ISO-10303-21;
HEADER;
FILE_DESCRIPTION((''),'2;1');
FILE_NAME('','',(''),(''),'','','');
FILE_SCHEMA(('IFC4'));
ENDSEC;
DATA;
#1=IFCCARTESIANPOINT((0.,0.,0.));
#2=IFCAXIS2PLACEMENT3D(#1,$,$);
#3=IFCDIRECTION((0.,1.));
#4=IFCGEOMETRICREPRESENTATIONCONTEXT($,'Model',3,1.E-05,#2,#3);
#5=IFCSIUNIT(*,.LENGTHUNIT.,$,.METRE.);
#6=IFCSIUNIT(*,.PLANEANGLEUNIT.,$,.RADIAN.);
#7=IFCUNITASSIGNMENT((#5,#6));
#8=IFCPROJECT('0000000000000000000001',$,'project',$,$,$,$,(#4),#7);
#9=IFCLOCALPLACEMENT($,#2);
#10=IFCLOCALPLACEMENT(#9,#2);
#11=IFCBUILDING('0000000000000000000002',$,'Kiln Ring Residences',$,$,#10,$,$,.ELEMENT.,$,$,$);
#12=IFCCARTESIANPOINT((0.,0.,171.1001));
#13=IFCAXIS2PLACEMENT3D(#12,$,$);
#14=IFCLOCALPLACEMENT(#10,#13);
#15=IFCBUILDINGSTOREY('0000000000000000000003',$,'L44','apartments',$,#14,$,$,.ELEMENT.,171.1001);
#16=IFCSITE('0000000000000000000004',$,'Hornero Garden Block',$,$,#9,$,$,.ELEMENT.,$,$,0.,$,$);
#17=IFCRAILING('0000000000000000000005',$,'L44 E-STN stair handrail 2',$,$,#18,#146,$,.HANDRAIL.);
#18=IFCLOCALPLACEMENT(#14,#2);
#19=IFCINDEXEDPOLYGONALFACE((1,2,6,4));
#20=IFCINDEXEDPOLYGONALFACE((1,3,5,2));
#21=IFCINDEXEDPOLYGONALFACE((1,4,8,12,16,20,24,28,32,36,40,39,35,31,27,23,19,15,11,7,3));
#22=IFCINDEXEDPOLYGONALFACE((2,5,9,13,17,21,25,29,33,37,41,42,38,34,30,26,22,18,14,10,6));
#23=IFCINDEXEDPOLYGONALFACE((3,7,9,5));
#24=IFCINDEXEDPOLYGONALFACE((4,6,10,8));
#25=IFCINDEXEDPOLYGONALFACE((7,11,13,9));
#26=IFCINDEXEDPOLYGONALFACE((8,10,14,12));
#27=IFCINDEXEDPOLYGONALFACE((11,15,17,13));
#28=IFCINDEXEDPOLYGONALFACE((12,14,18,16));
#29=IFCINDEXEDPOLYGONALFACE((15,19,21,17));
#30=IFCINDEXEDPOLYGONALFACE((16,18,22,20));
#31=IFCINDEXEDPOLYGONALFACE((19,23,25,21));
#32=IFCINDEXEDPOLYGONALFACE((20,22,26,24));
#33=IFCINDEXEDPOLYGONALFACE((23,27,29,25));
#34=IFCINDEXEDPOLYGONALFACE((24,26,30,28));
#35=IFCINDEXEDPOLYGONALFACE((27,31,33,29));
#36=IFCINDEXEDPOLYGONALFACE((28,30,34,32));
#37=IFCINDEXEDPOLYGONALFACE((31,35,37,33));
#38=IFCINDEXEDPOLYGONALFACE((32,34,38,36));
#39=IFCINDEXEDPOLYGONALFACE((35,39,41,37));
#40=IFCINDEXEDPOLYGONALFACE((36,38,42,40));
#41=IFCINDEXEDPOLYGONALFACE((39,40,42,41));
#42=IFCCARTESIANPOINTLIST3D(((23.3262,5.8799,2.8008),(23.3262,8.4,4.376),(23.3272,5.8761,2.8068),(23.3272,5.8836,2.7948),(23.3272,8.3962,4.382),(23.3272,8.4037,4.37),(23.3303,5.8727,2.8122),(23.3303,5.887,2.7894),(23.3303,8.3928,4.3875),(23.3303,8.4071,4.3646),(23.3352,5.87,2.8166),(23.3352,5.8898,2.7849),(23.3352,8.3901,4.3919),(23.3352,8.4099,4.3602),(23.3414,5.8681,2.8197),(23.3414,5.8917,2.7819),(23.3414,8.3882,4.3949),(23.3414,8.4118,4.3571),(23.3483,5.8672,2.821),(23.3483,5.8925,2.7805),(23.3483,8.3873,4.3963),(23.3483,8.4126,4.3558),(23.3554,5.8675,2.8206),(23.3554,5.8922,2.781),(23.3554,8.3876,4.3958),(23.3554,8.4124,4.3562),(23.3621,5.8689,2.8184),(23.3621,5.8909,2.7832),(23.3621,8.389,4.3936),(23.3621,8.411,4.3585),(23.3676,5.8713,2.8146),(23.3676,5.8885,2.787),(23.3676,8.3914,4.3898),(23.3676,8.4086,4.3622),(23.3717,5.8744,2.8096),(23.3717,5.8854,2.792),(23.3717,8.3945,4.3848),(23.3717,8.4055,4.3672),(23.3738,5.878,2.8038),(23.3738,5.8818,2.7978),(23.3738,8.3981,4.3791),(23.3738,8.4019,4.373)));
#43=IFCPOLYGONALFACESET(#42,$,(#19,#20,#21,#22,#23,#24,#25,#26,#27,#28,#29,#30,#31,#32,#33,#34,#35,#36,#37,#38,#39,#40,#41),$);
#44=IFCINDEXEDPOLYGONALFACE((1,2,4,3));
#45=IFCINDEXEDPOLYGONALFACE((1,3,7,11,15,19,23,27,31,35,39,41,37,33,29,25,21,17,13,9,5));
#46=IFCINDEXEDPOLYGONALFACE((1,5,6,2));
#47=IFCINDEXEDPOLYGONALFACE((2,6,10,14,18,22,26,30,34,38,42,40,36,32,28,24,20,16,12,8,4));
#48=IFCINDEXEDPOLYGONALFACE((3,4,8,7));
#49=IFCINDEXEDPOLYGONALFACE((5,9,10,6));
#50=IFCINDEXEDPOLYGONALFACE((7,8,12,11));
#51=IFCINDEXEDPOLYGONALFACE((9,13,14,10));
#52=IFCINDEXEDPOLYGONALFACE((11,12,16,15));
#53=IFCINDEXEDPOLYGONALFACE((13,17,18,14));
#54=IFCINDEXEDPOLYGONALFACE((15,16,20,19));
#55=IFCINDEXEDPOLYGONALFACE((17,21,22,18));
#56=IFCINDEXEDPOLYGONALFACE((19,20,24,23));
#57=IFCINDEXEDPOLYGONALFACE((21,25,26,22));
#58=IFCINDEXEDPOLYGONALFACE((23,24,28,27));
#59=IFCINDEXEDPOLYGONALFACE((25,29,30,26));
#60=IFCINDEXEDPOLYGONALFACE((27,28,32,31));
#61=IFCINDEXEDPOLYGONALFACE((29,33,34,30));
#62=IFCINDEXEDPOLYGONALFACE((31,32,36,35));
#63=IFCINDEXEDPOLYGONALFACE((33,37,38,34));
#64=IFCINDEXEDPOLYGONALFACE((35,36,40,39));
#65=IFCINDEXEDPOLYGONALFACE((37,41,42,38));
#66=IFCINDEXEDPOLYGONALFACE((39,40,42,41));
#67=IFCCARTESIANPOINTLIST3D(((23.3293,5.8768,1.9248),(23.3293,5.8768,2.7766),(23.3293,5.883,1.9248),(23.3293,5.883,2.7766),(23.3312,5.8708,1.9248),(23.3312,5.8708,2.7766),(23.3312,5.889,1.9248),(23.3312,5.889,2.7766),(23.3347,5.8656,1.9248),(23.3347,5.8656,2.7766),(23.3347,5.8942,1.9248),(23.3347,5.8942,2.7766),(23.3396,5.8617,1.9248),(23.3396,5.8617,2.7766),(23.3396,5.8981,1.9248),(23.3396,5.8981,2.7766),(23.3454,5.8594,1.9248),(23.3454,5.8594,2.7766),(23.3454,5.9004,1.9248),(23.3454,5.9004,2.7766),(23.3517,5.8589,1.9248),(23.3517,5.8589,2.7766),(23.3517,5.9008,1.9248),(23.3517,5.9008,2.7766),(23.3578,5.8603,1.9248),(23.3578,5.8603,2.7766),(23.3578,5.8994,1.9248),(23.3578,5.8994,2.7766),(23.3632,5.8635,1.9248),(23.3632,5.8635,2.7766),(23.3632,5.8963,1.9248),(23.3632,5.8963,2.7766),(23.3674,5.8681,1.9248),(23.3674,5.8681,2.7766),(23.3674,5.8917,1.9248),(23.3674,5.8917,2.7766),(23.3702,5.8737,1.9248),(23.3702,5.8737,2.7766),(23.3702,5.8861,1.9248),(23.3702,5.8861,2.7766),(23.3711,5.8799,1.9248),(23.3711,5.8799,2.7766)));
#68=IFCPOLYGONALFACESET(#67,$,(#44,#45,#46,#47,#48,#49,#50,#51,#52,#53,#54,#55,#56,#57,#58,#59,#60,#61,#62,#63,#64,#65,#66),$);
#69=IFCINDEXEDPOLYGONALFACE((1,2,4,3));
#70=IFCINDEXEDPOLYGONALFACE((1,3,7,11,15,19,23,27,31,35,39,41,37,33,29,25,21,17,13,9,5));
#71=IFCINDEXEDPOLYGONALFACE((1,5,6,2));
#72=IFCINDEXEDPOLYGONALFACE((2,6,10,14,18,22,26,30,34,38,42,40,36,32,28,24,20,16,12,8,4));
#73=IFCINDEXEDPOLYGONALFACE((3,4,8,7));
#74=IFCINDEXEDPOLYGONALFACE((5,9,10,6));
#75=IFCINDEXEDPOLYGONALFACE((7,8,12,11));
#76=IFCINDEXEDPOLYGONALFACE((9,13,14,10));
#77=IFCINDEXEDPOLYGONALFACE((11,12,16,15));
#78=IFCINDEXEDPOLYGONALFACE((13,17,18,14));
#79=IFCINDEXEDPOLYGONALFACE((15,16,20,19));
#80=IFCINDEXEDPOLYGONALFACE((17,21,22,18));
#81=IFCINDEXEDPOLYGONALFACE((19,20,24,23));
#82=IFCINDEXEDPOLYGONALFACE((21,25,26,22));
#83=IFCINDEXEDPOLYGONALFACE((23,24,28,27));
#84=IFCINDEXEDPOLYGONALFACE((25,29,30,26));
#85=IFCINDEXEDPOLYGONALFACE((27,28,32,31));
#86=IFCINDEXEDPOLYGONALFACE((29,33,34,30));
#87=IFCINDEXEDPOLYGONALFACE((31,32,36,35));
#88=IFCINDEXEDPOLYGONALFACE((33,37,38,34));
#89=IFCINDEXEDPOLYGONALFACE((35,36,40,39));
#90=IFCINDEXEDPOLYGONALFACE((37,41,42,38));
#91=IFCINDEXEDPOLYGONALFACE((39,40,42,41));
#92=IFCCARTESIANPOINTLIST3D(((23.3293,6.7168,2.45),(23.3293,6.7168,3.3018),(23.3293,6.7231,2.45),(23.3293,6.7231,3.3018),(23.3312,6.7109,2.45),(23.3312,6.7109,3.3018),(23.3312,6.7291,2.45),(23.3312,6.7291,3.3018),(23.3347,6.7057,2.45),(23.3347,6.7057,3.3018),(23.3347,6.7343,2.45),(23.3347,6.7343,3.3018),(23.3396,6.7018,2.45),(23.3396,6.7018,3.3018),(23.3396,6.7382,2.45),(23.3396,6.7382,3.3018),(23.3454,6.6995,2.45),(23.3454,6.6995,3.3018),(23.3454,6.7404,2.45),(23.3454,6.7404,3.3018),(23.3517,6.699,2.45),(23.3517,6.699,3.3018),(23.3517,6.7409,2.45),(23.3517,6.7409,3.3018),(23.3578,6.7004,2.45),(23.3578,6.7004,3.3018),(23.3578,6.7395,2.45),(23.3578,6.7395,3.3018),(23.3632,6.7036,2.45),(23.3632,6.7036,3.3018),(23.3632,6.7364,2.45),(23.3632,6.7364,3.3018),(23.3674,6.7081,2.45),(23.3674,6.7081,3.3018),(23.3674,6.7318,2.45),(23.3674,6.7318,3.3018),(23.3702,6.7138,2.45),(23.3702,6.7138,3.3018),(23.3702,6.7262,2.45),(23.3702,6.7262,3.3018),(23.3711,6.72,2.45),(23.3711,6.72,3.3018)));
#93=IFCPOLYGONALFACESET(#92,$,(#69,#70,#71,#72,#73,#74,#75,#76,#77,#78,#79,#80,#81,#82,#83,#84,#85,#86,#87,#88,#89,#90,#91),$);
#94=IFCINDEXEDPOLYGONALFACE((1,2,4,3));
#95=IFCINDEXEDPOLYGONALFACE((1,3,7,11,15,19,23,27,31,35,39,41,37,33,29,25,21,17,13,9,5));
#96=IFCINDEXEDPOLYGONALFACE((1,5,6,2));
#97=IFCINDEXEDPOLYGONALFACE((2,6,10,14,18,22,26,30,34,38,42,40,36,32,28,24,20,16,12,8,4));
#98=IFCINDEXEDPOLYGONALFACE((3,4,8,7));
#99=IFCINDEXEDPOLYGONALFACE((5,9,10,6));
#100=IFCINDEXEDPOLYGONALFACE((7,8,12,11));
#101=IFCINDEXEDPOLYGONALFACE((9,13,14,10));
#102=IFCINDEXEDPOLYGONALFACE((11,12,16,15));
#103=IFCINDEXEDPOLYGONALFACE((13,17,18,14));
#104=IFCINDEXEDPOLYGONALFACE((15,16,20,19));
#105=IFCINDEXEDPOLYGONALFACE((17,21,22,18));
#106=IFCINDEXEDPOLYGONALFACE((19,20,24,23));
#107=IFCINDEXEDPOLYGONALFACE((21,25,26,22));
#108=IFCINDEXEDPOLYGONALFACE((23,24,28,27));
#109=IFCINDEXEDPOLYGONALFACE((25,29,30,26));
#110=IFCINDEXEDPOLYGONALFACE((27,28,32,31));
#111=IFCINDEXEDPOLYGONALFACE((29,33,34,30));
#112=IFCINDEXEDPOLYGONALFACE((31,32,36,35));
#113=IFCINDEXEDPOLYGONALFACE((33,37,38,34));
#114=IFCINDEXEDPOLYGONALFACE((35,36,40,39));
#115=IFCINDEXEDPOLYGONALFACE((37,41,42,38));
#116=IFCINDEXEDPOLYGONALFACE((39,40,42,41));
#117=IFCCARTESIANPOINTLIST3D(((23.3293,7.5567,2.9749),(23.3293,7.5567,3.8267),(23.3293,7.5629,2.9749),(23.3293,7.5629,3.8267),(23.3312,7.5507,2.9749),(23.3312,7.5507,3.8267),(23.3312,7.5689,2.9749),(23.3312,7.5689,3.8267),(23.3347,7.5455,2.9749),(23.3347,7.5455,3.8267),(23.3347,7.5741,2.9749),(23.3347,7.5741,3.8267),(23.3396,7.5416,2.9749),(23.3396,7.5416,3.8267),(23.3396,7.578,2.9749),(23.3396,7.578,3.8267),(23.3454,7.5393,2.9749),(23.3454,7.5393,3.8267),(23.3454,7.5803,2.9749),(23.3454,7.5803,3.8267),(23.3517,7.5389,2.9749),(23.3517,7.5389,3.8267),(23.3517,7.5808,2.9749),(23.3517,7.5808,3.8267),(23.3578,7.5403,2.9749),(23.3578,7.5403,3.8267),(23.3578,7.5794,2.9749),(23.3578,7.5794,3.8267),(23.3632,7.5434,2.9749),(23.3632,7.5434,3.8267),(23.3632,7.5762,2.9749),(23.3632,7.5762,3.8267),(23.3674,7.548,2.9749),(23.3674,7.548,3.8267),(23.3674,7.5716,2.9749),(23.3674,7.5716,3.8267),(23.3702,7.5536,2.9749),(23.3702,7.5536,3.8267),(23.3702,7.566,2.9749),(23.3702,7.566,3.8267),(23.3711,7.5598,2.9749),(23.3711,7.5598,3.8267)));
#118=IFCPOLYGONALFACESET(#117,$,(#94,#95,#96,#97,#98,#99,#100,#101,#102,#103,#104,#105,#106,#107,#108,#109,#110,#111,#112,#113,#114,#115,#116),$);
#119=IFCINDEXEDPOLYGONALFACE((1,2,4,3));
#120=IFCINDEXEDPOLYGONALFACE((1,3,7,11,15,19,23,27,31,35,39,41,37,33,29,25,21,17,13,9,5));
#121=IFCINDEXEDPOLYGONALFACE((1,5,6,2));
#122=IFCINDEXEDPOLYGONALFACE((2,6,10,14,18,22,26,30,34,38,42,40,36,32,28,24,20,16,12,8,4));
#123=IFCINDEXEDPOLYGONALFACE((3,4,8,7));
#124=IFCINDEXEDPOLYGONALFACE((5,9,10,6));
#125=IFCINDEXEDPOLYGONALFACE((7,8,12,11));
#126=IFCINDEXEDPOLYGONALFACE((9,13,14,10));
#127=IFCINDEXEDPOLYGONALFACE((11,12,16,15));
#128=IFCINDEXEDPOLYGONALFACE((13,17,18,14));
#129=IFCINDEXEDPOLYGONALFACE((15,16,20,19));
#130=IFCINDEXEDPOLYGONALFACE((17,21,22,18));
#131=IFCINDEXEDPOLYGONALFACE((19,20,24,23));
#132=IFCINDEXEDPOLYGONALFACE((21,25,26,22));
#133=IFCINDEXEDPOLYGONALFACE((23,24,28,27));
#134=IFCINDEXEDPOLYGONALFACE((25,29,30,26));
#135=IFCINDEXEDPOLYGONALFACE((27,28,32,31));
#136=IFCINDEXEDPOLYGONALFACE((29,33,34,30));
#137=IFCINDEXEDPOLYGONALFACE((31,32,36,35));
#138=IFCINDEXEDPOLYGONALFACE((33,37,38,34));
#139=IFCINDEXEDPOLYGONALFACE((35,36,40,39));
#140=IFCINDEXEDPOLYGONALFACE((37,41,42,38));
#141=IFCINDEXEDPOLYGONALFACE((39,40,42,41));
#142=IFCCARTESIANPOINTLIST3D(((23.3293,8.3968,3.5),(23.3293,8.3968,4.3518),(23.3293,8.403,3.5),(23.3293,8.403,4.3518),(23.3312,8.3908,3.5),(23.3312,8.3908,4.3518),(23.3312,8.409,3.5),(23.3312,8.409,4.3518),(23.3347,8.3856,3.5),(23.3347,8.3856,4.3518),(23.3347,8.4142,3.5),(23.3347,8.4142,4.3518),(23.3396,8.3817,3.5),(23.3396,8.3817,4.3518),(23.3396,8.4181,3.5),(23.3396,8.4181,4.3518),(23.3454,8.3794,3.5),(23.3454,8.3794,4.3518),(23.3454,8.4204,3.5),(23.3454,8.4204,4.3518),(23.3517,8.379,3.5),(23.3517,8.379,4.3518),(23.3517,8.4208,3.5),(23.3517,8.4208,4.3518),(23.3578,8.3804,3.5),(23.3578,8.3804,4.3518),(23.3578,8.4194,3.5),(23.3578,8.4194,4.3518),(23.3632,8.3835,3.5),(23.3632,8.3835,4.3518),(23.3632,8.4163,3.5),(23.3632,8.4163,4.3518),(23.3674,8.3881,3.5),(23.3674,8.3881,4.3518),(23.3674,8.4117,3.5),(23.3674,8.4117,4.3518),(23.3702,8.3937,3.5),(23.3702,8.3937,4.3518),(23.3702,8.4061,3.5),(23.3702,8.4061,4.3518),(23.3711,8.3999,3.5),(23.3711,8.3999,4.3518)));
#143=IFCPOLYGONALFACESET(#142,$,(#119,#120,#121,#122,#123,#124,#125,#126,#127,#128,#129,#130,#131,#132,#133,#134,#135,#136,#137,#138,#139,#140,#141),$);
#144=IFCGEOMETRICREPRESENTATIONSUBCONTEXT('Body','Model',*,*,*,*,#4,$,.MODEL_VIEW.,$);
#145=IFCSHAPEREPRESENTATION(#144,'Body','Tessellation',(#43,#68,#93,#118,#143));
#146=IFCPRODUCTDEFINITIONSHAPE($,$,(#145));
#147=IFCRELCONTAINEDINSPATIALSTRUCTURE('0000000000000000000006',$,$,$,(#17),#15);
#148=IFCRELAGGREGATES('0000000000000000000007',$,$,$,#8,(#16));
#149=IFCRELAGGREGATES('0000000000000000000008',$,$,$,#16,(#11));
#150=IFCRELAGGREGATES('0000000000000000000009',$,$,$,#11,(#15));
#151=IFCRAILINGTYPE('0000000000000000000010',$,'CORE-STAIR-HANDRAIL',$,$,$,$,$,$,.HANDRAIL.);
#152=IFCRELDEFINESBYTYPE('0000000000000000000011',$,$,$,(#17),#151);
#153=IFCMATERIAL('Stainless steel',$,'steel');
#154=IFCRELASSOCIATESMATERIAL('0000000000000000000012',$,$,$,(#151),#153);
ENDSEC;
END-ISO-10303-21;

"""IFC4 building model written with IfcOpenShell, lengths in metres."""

from ifc_helpers import new_model, si_unit, direction, frame, origin, origin_2d, place, context, subcontext, project, spatial, circle, extrude, material, type_object, element, save


model = new_model("IFC4")

# Units and contexts
model_context = context("Model", 3, precision=1e-05, world=origin(), true_north=direction((0.0, 1.0)))
body_context = subcontext(model_context, "Body", "Model", "MODEL_VIEW")
ifc_project = project(units=[si_unit("LENGTHUNIT", "METRE"), si_unit("PLANEANGLEUNIT", "RADIAN")], contexts=[model_context])

# Site, building, storey
site_placement = place(None, origin())
site = spatial("IfcSite", under=ifc_project, at=site_placement, Name="Hornero Garden Block", CompositionType="ELEMENT", RefElevation=0.0)
building_placement = place(site_placement, origin())
building = spatial("IfcBuilding", under=site, at=building_placement, Name="Kiln Ring Residences", CompositionType="ELEMENT")
storey_placement = place(building_placement, frame((0.0, 0.0, 171.1001)))
storey = spatial("IfcBuildingStorey", under=building, at=storey_placement, Name="L44", Description="apartments", CompositionType="ELEMENT", Elevation=171.1001)

# Railing
ifc_material_1 = material(Name="Stainless steel", Category="steel")
railing_type_1 = type_object("IfcRailingType", Name="CORE-STAIR-HANDRAIL", PredefinedType="HANDRAIL", material=ifc_material_1)
railing_1_placement = place(storey_placement, frame((23.3501, 5.8799, 1.9248)))
element("IfcRailing", 1, at=railing_1_placement, inside=storey, type_object=railing_type_1, Name="L44 E-STN stair handrail 2", PredefinedType="HANDRAIL", context=body_context, shape_type="SweptSolid", body=[
    extrude(circle(Radius=0.0239, at=origin_2d()), frame((0.0, 0.0, 0.876), z_axis=(0.0, 0.847971, 0.530043), x_axis=(-1.0, 0.0, 0.0)), (0.0, 0.0, 1.0), 2.9719),
    extrude(circle(Radius=0.021, at=origin_2d()), origin(), (0.0, 0.0, 1.0), 0.8518),
    extrude(circle(Radius=0.021, at=origin_2d()), frame((0.0, 0.8401, 0.5251)), (0.0, 0.0, 1.0), 0.8518),
    extrude(circle(Radius=0.021, at=origin_2d()), frame((0.0, 1.6799, 1.05)), (0.0, 0.0, 1.0), 0.8518),
    extrude(circle(Radius=0.021, at=origin_2d()), frame((0.0, 2.52, 1.5752)), (0.0, 0.0, 1.0), 0.8518),
])

save(model, "model.ifc")
